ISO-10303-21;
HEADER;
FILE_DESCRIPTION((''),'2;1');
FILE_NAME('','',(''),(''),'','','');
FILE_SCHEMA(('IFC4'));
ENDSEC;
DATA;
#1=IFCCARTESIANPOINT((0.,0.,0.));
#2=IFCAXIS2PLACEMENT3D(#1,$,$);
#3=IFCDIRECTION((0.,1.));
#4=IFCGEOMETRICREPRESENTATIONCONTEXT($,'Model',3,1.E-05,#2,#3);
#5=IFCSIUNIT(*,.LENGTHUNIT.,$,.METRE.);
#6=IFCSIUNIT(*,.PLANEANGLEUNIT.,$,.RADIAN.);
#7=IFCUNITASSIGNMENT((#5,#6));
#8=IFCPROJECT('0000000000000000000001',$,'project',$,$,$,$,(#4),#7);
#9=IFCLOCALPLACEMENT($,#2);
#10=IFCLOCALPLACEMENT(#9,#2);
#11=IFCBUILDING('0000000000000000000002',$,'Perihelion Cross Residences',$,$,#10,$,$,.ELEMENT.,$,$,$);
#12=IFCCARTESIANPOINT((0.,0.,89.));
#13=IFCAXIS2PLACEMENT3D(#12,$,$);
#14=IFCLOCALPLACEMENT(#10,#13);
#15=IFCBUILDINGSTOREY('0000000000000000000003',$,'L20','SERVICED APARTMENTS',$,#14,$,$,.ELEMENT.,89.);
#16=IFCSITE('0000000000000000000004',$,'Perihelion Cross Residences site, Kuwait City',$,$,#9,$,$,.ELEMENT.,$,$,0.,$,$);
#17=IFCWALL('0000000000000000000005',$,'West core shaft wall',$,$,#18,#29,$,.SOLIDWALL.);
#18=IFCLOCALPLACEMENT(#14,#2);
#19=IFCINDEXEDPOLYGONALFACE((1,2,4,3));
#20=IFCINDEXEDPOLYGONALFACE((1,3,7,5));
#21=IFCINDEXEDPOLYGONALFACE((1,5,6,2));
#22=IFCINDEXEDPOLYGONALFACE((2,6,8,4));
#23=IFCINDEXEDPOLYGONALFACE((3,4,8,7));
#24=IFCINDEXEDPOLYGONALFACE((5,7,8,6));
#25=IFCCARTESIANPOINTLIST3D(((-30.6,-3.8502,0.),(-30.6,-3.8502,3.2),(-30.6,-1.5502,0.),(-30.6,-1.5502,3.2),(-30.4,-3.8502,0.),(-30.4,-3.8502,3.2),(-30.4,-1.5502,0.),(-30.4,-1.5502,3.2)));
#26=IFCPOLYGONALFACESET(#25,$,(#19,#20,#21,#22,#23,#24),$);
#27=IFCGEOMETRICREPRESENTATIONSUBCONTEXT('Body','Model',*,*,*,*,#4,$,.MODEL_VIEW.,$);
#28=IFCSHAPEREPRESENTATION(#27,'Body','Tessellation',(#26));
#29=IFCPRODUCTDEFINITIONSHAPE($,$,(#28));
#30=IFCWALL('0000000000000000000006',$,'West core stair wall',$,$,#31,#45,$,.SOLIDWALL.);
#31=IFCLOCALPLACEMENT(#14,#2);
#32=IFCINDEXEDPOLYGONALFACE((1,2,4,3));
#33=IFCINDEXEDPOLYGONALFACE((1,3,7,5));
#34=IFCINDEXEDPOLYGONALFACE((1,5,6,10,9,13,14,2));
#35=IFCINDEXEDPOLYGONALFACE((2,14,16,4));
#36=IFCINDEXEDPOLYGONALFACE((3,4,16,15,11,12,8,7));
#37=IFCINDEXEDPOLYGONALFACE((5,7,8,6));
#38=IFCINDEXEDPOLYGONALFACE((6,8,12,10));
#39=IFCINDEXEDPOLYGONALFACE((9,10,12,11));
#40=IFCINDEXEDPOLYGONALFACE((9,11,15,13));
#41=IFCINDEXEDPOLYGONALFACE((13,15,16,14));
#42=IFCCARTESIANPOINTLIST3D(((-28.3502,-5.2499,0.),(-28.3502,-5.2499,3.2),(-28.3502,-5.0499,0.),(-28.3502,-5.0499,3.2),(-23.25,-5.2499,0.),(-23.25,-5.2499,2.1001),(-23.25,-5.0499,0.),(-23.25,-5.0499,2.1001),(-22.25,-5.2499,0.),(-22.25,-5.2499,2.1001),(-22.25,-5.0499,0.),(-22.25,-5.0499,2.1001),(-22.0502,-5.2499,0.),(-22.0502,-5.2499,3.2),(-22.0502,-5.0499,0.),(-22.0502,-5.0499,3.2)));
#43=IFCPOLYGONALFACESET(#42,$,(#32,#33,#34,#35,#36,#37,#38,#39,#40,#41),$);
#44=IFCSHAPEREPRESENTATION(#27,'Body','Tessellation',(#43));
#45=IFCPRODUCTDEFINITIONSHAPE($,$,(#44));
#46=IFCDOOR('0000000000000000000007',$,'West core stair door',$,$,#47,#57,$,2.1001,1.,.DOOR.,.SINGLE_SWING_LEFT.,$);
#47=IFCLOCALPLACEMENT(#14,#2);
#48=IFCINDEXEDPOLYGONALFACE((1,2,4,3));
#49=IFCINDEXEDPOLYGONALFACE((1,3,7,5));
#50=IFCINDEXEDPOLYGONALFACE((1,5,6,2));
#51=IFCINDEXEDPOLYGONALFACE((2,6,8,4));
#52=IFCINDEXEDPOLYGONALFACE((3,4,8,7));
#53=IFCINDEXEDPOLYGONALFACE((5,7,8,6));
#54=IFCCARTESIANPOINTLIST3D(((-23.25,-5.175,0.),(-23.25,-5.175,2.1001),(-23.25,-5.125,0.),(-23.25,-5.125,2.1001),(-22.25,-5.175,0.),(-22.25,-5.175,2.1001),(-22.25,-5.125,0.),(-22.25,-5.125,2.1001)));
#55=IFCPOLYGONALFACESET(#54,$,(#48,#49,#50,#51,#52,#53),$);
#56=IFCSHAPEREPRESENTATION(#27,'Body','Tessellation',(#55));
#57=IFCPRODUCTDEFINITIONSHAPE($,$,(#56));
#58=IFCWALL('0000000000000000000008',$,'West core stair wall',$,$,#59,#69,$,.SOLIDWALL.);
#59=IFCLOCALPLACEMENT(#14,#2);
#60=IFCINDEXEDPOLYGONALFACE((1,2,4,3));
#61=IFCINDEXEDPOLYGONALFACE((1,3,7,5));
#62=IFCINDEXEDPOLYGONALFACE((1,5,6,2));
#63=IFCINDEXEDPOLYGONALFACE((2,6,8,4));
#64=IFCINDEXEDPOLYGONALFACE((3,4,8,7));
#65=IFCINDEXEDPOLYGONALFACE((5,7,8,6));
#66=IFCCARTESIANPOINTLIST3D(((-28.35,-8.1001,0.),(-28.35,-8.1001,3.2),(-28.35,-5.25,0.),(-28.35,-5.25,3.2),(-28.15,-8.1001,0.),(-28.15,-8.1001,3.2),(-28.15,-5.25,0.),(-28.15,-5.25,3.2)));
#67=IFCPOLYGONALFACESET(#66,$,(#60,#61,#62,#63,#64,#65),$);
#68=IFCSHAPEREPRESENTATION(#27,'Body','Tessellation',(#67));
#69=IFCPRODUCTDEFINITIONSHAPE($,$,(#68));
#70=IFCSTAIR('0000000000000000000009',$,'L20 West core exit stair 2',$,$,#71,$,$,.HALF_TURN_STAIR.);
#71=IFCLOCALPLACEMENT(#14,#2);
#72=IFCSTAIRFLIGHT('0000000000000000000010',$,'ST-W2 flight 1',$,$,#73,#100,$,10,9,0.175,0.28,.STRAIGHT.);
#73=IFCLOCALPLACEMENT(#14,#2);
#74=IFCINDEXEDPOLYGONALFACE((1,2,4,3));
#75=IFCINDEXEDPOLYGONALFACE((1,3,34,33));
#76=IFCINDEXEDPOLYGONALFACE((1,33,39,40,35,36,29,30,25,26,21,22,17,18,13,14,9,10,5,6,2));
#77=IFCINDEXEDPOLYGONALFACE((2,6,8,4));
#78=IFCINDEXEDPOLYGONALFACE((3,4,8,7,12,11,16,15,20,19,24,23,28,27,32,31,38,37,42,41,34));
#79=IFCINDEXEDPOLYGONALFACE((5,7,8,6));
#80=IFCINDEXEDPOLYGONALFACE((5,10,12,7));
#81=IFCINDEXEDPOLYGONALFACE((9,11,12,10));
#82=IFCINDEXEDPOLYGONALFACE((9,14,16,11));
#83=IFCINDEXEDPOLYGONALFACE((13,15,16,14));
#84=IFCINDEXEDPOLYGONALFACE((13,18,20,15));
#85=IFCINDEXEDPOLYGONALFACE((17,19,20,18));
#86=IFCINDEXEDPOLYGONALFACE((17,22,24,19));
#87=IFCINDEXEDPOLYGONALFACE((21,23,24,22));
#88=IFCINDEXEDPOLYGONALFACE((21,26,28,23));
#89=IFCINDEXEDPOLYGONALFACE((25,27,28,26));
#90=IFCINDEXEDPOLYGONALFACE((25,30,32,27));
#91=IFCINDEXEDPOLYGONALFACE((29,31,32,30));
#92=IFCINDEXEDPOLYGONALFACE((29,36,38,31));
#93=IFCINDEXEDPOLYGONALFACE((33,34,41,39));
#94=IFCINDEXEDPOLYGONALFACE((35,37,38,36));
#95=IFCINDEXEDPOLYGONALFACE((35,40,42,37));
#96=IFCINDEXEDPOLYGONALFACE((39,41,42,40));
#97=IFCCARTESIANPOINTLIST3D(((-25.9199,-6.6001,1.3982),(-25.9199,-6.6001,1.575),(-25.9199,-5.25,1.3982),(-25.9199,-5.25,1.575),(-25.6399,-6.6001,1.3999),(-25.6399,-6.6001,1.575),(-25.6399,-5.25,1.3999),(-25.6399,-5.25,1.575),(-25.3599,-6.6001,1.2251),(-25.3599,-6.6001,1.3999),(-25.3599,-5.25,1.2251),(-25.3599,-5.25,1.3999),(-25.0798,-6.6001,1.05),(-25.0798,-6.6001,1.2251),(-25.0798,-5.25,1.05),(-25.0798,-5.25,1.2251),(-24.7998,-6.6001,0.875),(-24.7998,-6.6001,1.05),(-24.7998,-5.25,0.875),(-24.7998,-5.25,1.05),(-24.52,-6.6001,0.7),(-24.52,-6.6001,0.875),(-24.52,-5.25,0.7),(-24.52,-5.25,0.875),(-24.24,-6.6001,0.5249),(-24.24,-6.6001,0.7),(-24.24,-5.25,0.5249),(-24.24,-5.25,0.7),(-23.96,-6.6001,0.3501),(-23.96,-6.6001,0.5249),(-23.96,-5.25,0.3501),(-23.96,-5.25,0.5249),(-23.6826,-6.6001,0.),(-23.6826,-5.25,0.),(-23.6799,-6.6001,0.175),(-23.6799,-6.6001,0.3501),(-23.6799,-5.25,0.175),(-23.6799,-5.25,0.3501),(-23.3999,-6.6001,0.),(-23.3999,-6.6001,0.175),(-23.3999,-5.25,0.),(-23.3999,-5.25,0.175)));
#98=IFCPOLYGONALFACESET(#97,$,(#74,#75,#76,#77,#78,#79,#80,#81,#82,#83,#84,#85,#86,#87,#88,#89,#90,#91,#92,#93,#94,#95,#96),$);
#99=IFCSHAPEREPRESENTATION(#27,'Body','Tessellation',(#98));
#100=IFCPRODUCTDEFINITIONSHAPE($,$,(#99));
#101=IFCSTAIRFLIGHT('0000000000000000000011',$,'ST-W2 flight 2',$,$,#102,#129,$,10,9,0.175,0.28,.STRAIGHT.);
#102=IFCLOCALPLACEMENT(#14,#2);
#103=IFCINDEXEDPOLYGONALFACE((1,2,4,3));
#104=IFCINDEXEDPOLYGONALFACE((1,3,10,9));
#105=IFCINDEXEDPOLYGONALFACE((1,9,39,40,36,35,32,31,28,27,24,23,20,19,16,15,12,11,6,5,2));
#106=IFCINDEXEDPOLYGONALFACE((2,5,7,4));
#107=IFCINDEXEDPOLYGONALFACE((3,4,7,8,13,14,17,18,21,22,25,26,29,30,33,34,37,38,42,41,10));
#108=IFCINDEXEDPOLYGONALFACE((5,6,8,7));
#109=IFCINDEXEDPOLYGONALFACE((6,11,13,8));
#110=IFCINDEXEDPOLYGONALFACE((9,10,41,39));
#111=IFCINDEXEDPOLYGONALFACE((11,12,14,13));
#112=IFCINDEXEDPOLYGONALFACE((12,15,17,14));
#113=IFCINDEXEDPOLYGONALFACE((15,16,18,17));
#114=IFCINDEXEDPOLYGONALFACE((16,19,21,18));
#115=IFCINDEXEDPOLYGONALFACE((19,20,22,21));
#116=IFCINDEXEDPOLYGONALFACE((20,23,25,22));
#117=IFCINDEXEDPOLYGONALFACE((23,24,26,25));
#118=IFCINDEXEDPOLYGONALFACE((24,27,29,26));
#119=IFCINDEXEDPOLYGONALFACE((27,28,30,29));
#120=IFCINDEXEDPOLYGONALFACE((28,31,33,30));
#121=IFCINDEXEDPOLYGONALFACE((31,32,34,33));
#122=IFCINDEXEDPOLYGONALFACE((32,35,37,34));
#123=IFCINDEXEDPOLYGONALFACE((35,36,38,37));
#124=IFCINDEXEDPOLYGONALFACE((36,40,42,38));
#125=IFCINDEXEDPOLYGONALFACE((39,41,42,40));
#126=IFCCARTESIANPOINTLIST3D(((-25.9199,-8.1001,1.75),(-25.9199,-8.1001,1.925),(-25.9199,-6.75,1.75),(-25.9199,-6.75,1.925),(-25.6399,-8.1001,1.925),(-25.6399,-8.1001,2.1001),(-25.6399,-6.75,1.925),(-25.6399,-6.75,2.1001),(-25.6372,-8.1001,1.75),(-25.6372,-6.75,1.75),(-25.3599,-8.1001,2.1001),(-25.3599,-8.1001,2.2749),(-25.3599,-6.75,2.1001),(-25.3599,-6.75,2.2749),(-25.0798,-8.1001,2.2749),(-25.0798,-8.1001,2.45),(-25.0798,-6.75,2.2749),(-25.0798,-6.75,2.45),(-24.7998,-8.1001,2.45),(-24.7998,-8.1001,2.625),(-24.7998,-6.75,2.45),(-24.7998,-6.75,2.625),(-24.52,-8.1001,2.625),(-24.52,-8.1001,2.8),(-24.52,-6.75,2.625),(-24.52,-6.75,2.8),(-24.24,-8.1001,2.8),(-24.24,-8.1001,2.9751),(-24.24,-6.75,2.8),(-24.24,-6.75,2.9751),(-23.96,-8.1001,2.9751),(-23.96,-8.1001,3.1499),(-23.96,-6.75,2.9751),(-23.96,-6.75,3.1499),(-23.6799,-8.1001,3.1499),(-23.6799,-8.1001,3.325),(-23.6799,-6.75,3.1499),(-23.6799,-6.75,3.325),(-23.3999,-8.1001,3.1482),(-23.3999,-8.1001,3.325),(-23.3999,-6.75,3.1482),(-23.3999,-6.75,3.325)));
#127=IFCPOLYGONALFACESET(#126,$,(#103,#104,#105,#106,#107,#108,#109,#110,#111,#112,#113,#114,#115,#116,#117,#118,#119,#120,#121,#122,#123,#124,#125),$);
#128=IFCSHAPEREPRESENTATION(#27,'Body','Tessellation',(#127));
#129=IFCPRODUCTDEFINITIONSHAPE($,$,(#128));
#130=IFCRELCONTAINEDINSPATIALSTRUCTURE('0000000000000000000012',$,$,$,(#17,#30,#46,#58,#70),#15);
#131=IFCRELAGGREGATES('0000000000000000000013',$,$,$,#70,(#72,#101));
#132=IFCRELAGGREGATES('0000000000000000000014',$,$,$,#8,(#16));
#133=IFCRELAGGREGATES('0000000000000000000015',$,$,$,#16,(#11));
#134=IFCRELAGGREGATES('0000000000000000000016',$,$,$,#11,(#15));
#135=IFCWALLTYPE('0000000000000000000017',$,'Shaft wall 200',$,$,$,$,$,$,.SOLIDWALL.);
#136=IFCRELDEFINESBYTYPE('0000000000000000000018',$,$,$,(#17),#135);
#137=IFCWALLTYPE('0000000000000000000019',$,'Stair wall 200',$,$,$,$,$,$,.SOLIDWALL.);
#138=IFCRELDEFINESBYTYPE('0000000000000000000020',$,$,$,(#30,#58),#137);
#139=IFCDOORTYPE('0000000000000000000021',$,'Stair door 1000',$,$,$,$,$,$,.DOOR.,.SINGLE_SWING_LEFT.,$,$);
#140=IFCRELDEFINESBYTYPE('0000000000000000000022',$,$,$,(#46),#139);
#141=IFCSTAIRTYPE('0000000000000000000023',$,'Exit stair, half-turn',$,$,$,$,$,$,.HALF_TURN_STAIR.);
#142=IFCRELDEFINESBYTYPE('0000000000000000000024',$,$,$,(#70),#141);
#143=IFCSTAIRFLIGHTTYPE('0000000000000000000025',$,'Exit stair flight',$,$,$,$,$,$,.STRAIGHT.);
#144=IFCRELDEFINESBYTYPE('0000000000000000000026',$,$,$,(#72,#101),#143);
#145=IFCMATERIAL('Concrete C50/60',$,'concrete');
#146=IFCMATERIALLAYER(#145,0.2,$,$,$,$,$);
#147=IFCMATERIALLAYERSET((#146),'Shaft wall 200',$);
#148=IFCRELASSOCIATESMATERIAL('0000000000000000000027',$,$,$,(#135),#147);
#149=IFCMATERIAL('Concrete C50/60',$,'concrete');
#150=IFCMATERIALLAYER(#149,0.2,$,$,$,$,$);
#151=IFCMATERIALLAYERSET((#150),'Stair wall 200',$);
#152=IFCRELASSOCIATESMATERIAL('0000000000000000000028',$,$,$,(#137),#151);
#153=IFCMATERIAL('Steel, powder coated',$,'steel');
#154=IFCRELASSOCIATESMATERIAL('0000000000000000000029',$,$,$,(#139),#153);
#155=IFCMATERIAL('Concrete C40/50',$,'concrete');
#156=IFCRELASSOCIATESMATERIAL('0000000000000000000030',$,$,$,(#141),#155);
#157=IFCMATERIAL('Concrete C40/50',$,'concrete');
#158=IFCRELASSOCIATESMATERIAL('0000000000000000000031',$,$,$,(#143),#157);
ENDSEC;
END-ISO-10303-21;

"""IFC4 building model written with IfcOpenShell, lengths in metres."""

from ifc_helpers import new_model, si_unit, direction, frame, frame_2d, origin, place, context, subcontext, project, spatial, polyline, rectangle, outline, extrude, material, layer, layer_set, type_object, element, fill, aggregate, save


model = new_model("IFC4")

# Units and contexts
model_context = context("Model", 3, precision=1e-05, world=origin(), true_north=direction((0.0, 1.0)))
body_context = subcontext(model_context, "Body", "Model", "MODEL_VIEW")
ifc_project = project(units=[si_unit("LENGTHUNIT", "METRE"), si_unit("PLANEANGLEUNIT", "RADIAN")], contexts=[model_context])

# Site, building, storey
site_placement = place(None, origin())
site = spatial("IfcSite", under=ifc_project, at=site_placement, Name="Perihelion Cross Residences site, Kuwait City", CompositionType="ELEMENT", RefElevation=0.0)
building_placement = place(site_placement, origin())
building = spatial("IfcBuilding", under=site, at=building_placement, Name="Perihelion Cross Residences", CompositionType="ELEMENT")
storey_placement = place(building_placement, frame((0.0, 0.0, 89.0)))
storey = spatial("IfcBuildingStorey", under=building, at=storey_placement, Name="L20", Description="SERVICED APARTMENTS", CompositionType="ELEMENT", Elevation=89.0)

# Shared definitions
ifc_material_1 = material(Name="Concrete C50/60", Category="concrete")
ifc_layer_1 = layer(ifc_material_1, 0.2)
ifc_layer_set_1 = layer_set([ifc_layer_1], Name="Shaft wall 200")
wall_type_1 = type_object("IfcWallType", Name="Shaft wall 200", PredefinedType="SOLIDWALL", material=ifc_layer_set_1)

# Wall
for number, where, z_axis, x_axis, name in (
    (1, (-30.5, -3.8501, 0.0), (0.0, 0.0, 1.0), (0.0, 1.0, 0.0), "West core shaft wall"),
):
    element("IfcWall", number, at=place(storey_placement, frame(where, z_axis=z_axis, x_axis=x_axis)), inside=storey, type_object=wall_type_1, Name=name, PredefinedType="SOLIDWALL", context=body_context, shape_type="SweptSolid", body=[
        extrude(rectangle(XDim=2.3, YDim=0.2, at=frame_2d((1.1499, 0.0))), origin(), (0.0, 0.0, 1.0), 3.2),
    ])

# Wall, opening, door
ifc_material_2 = material(Name="Concrete C50/60", Category="concrete")
ifc_layer_2 = layer(ifc_material_2, 0.2)
ifc_layer_set_2 = layer_set([ifc_layer_2], Name="Stair wall 200")
wall_type_2 = type_object("IfcWallType", Name="Stair wall 200", PredefinedType="SOLIDWALL", material=ifc_layer_set_2)
wall_1_placement = place(storey_placement, frame((-28.3501, -5.1499, 0.0), z_axis=(0.0, 0.0, 1.0), x_axis=(1.0, 0.0, 0.0)))
wall_1 = element("IfcWall", 2, at=wall_1_placement, inside=storey, type_object=wall_type_2, Name="West core stair wall", PredefinedType="SOLIDWALL", context=body_context, shape_type="SweptSolid", body=[
    extrude(rectangle(XDim=6.3, YDim=0.2, at=frame_2d((3.1499, 0.0))), origin(), (0.0, 0.0, 1.0), 3.2),
])
opening_1_placement = place(wall_1_placement, frame((5.1001, 0.0, 0.0)))
opening_1 = element("IfcOpeningElement", 3, at=opening_1_placement, cuts=wall_1, PredefinedType="OPENING", context=body_context, shape_type="SweptSolid", body=[
    extrude(rectangle(XDim=1.0, YDim=2.1001, at=frame_2d((0.5, 1.05))), frame((0.0, 0.1099, 0.0), z_axis=(0.0, -1.0, 0.0), x_axis=(1.0, 0.0, 0.0)), (0.0, 0.0, 1.0), 0.22),
])
ifc_material_3 = material(Name="Steel, powder coated", Category="steel")
door_type_1 = type_object("IfcDoorType", Name="Stair door 1000", OperationType="SINGLE_SWING_LEFT", PredefinedType="DOOR", material=ifc_material_3)
door_1_placement = place(opening_1_placement, origin())
door_1 = element("IfcDoor", 4, at=door_1_placement, inside=storey, type_object=door_type_1, Name="West core stair door", OperationType="SINGLE_SWING_LEFT", OverallHeight=2.1001, OverallWidth=1.0, PredefinedType="DOOR", context=body_context, shape_type="SweptSolid", body=[
    extrude(rectangle(XDim=1.0, YDim=2.1001, at=frame_2d((0.5, 1.05))), frame((0.0, 0.0249, 0.0), z_axis=(0.0, -1.0, 0.0), x_axis=(1.0, 0.0, 0.0)), (0.0, 0.0, 1.0), 0.05),
])
fill(opening_1, door_1)

# Wall
wall_2_placement = place(storey_placement, frame((-28.25, -8.1001, 0.0), z_axis=(0.0, 0.0, 1.0), x_axis=(0.0, 1.0, 0.0)))
element("IfcWall", 5, at=wall_2_placement, inside=storey, type_object=wall_type_2, Name="West core stair wall", PredefinedType="SOLIDWALL", context=body_context, shape_type="SweptSolid", body=[
    extrude(rectangle(XDim=2.8501, YDim=0.2, at=frame_2d((1.425, 0.0))), origin(), (0.0, 0.0, 1.0), 3.2),
])

# Stair, stair flights
ifc_material_4 = material(Name="Concrete C40/50", Category="concrete")
stair_type = type_object("IfcStairType", Name="Exit stair, half-turn", PredefinedType="HALF_TURN_STAIR", material=ifc_material_4)
stair_placement = place(storey_placement, origin())
stair = element("IfcStair", 6, at=stair_placement, inside=storey, type_object=stair_type, Name="L20 West core exit stair 2", PredefinedType="HALF_TURN_STAIR")
ifc_material_5 = material(Name="Concrete C40/50", Category="concrete")
stair_flight_type = type_object("IfcStairFlightType", Name="Exit stair flight", PredefinedType="STRAIGHT", material=ifc_material_5)
stair_flight_1_placement = place(storey_placement, frame((-23.3999, -5.925, 0.0), z_axis=(0.0, 0.0, 1.0), x_axis=(-1.0, 0.0, 0.0)))
stair_flight_1 = element("IfcStairFlight", 7, at=stair_flight_1_placement, type_object=stair_flight_type, Name="ST-W2 flight 1", NumberOfRisers=10, NumberOfTreads=9, PredefinedType="STRAIGHT", RiserHeight=0.175, TreadLength=0.28, context=body_context, shape_type="SweptSolid", body=[
    extrude(outline(polyline([(0.0, 0.0), (0.0, 0.175), (0.28, 0.175), (0.28, 0.3501), (0.5601, 0.3501), (0.5601, 0.5249), (0.8401, 0.5249), (0.8401, 0.7), (1.1201, 0.7), (1.1201, 0.875), (1.3999, 0.875), (1.3999, 1.05), (1.6799, 1.05), (1.6799, 1.2251), (1.96, 1.2251), (1.96, 1.3999), (2.24, 1.3999), (2.24, 1.575), (2.52, 1.575), (2.52, 1.75), (2.52, 1.3982), (0.2827, 0.0), (0.0, 0.0)])), frame((0.0, 0.675, 0.0), z_axis=(0.0, -1.0, 0.0), x_axis=(1.0, 0.0, 0.0)), (0.0, 0.0, 1.0), 1.3501),
])
stair_flight_2_placement = place(storey_placement, frame((-25.9199, -7.425, 1.75), z_axis=(0.0, 0.0, 1.0), x_axis=(1.0, 0.0, 0.0)))
stair_flight_2 = element("IfcStairFlight", 8, at=stair_flight_2_placement, type_object=stair_flight_type, Name="ST-W2 flight 2", NumberOfRisers=10, NumberOfTreads=9, PredefinedType="STRAIGHT", RiserHeight=0.175, TreadLength=0.28, context=body_context, shape_type="SweptSolid", body=[
    extrude(outline(polyline([(0.0, 0.0), (0.0, 0.175), (0.28, 0.175), (0.28, 0.3501), (0.5601, 0.3501), (0.5601, 0.5249), (0.8401, 0.5249), (0.8401, 0.7), (1.1201, 0.7), (1.1201, 0.875), (1.3999, 0.875), (1.3999, 1.05), (1.6799, 1.05), (1.6799, 1.2251), (1.96, 1.2251), (1.96, 1.3999), (2.24, 1.3999), (2.24, 1.575), (2.52, 1.575), (2.52, 1.75), (2.52, 1.3982), (0.2827, 0.0), (0.0, 0.0)])), frame((0.0, 0.675, 0.0), z_axis=(0.0, -1.0, 0.0), x_axis=(1.0, 0.0, 0.0)), (0.0, 0.0, 1.0), 1.3501),
])
aggregate(stair, [stair_flight_1, stair_flight_2])

save(model, "model.ifc")
